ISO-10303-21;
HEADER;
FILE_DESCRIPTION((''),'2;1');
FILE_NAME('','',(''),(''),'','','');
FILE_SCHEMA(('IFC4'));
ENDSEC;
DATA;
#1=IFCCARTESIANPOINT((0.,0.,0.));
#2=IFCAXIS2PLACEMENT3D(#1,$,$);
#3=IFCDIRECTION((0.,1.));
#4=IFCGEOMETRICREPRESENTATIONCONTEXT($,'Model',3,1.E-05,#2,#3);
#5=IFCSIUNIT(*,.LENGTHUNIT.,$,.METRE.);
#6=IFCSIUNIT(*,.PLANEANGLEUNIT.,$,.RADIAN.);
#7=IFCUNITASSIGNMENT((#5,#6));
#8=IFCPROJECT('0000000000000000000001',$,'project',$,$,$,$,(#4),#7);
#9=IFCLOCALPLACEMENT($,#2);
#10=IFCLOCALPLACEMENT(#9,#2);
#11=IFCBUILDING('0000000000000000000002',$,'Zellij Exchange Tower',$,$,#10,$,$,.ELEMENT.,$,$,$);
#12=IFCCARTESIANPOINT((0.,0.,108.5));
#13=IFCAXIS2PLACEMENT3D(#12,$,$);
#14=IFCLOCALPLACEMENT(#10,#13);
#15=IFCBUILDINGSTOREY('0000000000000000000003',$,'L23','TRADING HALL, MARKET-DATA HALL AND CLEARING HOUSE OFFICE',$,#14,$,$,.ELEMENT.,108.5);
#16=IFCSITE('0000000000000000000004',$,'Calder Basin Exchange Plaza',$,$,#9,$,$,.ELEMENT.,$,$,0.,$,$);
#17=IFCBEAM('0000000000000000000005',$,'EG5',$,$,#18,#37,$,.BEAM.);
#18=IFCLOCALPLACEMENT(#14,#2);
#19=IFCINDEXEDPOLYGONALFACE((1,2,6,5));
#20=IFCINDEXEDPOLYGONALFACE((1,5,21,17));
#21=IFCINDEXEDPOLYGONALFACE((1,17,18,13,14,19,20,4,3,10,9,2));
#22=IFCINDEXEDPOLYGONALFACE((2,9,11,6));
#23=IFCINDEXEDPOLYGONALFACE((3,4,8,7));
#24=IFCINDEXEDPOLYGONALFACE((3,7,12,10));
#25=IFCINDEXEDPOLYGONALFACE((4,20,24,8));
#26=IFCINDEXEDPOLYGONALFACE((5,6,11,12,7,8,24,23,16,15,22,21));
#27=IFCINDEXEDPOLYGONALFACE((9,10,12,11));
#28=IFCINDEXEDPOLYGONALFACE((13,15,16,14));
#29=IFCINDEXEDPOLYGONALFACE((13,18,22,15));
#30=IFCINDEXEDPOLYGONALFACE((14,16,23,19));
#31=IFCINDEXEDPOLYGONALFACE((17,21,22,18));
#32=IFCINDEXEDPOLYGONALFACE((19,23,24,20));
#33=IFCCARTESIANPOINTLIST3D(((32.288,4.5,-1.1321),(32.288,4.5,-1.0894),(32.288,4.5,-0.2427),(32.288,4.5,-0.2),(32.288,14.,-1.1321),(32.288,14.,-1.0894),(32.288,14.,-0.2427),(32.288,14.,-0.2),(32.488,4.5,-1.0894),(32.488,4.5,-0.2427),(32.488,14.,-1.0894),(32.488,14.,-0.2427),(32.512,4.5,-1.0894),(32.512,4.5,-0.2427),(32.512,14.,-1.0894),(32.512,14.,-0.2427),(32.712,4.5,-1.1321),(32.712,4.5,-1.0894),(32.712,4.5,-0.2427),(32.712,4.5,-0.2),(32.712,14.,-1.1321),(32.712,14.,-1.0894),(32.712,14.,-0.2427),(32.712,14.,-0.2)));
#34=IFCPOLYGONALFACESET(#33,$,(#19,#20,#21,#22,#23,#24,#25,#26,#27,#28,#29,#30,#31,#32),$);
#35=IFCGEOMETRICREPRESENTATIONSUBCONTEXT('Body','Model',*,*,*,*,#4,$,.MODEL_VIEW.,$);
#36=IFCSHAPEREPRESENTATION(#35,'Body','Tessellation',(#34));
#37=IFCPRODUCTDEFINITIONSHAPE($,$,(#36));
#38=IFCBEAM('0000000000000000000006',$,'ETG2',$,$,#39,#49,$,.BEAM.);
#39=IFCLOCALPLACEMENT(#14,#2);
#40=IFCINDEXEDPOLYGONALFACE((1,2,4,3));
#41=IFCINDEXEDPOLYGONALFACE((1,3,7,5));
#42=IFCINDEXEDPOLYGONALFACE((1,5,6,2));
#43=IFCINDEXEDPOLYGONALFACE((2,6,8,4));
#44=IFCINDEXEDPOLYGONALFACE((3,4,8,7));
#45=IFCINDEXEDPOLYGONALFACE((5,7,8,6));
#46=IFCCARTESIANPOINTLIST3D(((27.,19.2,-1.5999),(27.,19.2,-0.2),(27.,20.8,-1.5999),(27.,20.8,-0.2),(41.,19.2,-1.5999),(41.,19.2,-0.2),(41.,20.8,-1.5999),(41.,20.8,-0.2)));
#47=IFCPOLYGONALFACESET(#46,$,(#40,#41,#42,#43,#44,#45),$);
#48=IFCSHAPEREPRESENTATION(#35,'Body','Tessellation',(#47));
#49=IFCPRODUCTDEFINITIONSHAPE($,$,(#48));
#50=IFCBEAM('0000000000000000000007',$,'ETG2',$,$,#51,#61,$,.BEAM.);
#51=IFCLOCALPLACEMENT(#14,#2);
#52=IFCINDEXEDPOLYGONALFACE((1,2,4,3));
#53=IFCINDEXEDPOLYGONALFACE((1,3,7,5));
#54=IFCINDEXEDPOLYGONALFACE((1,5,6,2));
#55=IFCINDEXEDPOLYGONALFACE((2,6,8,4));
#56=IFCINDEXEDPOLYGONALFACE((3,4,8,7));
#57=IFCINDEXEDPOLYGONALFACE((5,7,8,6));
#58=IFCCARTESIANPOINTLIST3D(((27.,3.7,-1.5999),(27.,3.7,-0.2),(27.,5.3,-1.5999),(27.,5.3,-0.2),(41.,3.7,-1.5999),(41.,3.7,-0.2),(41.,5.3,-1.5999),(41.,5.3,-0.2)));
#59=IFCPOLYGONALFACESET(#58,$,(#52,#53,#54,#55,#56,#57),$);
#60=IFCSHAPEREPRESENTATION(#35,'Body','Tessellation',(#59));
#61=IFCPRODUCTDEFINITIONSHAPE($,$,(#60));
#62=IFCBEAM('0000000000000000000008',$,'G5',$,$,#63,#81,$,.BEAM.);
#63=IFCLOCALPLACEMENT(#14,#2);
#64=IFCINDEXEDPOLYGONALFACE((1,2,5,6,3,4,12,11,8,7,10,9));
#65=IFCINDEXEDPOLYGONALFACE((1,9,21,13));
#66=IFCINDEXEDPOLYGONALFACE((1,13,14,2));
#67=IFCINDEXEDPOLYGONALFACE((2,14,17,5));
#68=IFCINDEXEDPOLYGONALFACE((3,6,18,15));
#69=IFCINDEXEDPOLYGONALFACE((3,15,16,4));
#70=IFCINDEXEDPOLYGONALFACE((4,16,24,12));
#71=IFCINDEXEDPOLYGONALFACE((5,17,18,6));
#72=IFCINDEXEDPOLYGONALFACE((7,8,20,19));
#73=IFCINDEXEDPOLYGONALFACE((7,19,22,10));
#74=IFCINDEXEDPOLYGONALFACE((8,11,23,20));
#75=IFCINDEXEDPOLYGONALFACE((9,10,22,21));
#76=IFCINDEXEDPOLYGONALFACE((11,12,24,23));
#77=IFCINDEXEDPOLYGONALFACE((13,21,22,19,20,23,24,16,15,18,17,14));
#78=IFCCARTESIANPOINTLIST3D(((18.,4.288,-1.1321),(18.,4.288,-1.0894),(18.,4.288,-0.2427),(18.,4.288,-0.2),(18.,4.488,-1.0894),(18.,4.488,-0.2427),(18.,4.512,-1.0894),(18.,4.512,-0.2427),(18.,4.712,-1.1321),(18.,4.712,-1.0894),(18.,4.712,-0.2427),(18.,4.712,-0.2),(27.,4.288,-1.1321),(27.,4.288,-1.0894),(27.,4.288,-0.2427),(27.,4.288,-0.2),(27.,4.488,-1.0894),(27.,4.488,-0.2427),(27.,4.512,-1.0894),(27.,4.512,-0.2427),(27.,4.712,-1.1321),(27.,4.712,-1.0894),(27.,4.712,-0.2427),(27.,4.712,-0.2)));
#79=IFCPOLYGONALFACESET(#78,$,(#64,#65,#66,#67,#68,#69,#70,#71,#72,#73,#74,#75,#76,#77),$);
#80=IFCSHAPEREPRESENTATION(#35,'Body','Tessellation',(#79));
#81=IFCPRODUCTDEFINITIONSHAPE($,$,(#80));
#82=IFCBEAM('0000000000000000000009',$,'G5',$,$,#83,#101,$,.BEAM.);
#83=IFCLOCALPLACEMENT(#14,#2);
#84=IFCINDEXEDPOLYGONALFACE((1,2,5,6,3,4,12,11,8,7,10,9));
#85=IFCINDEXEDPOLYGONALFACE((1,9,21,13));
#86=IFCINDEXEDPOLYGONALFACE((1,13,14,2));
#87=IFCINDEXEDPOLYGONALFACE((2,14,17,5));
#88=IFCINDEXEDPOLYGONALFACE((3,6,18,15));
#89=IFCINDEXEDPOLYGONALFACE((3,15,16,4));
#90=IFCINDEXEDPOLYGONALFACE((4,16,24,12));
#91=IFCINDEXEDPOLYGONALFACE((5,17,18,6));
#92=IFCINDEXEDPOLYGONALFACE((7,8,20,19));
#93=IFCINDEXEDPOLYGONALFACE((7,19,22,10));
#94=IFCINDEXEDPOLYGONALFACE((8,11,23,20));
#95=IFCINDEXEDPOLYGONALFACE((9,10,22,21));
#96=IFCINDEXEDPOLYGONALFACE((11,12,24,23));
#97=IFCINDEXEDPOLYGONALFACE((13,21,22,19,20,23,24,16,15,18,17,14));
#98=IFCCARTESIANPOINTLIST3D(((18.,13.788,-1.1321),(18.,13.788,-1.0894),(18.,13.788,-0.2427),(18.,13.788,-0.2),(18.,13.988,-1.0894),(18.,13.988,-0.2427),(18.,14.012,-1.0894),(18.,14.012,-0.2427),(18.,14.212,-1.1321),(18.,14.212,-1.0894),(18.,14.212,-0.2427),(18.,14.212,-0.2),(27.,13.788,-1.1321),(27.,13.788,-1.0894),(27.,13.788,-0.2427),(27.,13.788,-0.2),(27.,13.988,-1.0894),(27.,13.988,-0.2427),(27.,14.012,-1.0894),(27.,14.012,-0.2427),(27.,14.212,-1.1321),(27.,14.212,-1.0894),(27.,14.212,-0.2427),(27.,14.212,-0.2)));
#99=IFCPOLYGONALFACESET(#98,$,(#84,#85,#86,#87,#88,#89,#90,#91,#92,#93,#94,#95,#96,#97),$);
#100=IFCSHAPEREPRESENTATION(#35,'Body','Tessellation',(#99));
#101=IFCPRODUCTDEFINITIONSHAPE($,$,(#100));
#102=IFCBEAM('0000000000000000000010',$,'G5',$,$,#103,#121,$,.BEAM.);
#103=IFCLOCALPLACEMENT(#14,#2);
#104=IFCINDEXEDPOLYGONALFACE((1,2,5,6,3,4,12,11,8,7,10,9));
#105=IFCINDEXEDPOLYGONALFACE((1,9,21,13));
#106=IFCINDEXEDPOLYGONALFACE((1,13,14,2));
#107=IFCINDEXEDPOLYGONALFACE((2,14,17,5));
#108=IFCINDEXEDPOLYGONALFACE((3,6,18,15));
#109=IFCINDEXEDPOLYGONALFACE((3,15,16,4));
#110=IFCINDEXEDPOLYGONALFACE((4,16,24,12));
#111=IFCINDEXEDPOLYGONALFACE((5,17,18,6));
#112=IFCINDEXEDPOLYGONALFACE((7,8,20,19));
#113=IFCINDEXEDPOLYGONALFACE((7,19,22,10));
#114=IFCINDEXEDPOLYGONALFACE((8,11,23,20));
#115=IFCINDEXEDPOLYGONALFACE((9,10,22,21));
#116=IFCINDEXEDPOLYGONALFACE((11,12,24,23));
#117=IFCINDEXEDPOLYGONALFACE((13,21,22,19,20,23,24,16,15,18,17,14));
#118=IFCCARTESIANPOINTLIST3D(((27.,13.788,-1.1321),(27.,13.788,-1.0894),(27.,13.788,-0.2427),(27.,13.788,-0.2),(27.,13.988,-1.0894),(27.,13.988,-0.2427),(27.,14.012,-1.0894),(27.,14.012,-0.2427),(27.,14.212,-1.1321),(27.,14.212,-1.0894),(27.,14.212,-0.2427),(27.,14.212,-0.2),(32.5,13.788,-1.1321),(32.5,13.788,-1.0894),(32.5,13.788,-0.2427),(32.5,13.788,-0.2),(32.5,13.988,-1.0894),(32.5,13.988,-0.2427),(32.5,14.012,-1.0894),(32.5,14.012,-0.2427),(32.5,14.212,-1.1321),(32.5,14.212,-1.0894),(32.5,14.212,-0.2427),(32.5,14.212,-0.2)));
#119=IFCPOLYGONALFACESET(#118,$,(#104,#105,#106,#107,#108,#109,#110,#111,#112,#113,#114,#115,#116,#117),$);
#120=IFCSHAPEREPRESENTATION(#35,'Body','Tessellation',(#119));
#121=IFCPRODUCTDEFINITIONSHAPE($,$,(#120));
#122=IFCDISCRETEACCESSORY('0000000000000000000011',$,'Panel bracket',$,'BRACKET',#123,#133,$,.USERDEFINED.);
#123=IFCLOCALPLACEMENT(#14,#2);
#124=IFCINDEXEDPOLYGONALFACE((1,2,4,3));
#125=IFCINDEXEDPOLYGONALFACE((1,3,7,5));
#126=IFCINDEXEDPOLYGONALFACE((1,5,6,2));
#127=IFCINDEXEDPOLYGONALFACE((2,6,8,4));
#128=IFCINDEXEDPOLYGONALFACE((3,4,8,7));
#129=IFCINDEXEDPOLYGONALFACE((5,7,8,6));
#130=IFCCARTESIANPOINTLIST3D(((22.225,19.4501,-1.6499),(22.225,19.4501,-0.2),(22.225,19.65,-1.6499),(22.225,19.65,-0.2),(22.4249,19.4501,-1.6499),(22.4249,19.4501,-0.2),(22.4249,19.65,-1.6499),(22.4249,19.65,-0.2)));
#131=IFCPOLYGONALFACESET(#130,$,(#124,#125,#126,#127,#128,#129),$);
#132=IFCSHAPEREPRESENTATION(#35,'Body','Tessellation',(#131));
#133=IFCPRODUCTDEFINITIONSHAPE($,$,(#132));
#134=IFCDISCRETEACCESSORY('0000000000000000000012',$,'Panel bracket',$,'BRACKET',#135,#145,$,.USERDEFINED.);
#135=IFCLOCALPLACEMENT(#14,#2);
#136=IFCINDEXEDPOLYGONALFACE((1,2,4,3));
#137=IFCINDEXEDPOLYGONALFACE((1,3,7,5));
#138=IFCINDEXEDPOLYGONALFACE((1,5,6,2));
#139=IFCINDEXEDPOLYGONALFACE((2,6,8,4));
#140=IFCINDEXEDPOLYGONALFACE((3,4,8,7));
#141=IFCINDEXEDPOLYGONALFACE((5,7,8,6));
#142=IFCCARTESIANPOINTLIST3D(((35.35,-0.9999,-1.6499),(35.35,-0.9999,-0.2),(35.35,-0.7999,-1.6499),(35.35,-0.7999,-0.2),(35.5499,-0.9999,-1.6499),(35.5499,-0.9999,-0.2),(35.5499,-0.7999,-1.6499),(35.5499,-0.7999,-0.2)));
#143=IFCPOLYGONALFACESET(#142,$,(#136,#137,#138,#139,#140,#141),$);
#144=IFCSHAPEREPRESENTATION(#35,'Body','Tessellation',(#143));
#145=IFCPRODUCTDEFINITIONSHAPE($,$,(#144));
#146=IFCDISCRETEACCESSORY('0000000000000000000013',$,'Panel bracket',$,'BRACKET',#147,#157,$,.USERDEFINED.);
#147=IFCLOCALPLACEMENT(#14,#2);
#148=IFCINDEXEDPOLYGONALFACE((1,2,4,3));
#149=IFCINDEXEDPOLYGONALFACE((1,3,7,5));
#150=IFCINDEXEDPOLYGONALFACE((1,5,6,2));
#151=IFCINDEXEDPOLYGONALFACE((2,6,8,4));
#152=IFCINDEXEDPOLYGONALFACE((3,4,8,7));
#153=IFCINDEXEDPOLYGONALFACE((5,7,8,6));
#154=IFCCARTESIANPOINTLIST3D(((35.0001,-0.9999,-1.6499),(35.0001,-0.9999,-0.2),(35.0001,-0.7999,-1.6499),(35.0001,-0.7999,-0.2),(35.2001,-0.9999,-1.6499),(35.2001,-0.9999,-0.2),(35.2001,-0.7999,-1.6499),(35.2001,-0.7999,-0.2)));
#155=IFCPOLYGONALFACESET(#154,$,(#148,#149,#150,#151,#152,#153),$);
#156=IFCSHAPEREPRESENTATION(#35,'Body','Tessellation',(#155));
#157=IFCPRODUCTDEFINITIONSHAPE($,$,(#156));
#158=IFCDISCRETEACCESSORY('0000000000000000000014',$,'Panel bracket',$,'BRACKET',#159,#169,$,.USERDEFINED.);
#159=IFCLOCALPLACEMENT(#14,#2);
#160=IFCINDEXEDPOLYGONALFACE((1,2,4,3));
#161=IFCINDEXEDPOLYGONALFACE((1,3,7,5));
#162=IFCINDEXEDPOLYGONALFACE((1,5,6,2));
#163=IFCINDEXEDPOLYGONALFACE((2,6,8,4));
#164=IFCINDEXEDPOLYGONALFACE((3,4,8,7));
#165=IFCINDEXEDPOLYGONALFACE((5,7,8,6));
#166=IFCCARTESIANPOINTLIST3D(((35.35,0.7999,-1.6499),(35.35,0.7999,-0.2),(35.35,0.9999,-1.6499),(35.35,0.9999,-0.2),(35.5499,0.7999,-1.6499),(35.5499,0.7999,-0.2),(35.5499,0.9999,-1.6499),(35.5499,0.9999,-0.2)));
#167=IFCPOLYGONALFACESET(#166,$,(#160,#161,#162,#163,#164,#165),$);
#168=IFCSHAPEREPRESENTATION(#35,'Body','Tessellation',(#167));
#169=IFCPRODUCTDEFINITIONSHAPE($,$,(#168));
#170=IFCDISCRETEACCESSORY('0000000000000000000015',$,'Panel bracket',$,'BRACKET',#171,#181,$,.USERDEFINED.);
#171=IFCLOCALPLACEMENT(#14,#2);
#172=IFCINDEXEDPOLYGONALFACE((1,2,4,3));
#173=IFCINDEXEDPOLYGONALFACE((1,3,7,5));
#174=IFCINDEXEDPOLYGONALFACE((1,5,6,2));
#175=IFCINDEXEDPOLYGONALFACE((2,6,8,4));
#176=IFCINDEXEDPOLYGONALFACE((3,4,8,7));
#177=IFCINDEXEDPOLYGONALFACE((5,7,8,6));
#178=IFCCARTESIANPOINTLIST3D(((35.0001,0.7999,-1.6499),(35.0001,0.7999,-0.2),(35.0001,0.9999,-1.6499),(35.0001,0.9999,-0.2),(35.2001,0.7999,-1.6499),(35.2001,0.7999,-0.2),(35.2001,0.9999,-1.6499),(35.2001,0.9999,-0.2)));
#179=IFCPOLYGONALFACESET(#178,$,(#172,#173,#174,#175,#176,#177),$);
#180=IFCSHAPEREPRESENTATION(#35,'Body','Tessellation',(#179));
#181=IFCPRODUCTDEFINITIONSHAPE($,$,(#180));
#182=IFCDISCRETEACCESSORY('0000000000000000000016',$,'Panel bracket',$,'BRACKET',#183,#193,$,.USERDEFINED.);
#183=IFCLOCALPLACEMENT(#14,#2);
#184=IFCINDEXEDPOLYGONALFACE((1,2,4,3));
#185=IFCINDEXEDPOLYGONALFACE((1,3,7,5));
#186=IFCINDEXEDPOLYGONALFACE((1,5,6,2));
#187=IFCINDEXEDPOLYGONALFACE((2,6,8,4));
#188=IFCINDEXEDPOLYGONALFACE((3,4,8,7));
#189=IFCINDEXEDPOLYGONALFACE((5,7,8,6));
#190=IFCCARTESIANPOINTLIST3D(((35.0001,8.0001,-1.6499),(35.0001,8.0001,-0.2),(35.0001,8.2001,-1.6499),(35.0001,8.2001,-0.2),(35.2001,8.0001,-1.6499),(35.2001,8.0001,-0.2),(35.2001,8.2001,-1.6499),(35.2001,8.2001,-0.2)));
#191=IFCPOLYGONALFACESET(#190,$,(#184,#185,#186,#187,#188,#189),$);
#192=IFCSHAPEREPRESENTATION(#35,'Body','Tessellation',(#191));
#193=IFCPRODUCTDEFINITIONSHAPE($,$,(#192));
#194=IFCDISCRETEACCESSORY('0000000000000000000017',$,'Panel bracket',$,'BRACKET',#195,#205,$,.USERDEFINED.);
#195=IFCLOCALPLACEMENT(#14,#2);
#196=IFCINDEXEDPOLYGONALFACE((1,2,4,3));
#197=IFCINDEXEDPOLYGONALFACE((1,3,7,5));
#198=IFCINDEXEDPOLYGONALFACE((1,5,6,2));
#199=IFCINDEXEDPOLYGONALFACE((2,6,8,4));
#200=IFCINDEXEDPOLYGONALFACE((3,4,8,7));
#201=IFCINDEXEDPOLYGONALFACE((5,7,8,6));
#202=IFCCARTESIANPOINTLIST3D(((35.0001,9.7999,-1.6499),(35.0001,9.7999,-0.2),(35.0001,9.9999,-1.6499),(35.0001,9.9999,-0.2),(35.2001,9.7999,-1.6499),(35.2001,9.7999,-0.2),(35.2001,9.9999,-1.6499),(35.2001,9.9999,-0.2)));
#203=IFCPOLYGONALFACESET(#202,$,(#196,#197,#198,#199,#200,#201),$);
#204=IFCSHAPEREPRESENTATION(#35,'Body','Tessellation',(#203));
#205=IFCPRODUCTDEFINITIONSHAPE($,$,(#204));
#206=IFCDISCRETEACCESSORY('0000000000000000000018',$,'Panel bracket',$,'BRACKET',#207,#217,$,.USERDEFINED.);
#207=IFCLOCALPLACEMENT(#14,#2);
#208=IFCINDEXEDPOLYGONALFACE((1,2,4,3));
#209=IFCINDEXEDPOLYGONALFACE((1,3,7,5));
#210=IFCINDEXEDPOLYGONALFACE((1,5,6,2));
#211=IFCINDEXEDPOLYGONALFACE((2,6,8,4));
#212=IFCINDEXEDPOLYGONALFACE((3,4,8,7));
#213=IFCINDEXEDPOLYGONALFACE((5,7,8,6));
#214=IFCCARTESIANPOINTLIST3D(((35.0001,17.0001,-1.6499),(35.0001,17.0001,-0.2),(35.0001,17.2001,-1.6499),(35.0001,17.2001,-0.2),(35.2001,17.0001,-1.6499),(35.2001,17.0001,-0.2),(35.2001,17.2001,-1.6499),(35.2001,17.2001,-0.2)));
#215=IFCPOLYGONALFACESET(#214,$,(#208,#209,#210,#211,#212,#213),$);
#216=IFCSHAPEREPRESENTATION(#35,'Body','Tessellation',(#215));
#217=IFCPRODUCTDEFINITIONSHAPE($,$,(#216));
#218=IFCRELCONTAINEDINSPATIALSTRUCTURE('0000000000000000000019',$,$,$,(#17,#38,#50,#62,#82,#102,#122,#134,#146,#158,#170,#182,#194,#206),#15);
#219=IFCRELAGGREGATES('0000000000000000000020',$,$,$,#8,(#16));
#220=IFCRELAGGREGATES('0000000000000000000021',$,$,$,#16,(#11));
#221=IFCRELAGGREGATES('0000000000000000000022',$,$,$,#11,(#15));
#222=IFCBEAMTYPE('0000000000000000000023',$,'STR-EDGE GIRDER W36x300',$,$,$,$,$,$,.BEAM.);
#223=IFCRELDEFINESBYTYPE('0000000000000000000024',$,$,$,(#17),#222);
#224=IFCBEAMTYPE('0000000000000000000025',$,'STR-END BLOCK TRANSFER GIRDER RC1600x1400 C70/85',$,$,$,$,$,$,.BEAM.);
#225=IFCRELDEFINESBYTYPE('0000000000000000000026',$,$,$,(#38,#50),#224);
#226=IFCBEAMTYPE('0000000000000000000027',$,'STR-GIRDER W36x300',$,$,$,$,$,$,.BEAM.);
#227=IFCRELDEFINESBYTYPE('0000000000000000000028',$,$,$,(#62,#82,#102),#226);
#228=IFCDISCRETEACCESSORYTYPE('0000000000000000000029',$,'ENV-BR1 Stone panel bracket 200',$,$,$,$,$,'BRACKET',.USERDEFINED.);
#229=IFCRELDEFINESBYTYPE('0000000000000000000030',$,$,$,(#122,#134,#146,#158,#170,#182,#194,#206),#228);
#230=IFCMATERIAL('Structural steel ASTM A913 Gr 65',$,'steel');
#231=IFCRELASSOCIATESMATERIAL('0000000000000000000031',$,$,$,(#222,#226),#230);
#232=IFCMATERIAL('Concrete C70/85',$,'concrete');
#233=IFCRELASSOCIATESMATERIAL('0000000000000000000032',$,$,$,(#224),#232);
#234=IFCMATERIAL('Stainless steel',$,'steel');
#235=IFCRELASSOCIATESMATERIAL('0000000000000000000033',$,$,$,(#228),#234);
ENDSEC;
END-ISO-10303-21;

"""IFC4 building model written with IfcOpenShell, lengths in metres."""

from ifc_helpers import new_model, si_unit, direction, frame, origin, origin_2d, place, context, subcontext, project, spatial, rectangle, i_section, extrude, material, material_profile, profile_set, type_object, element, save


model = new_model("IFC4")

# Units and contexts
model_context = context("Model", 3, precision=1e-05, world=origin(), true_north=direction((0.0, 1.0)))
body_context = subcontext(model_context, "Body", "Model", "MODEL_VIEW")
ifc_project = project(units=[si_unit("LENGTHUNIT", "METRE"), si_unit("PLANEANGLEUNIT", "RADIAN")], contexts=[model_context])

# Site, building, storey
site_placement = place(None, origin())
site = spatial("IfcSite", under=ifc_project, at=site_placement, Name="Calder Basin Exchange Plaza", CompositionType="ELEMENT", RefElevation=0.0)
building_placement = place(site_placement, origin())
building = spatial("IfcBuilding", under=site, at=building_placement, Name="Zellij Exchange Tower", CompositionType="ELEMENT")
storey_placement = place(building_placement, frame((0.0, 0.0, 108.5)))
storey = spatial("IfcBuildingStorey", under=building, at=storey_placement, Name="L23", Description="TRADING HALL, MARKET-DATA HALL AND CLEARING HOUSE OFFICE", CompositionType="ELEMENT", Elevation=108.5)

# Shared definitions
ifc_material_1 = material(Name="Concrete C70/85", Category="concrete")
ifc_material_2 = material(Name="Structural steel ASTM A913 Gr 65", Category="steel")

# Beams
ifc_material_profile_1 = material_profile(ifc_material_2, i_section(OverallWidth=0.4241, OverallDepth=0.9321, WebThickness=0.0239, FlangeThickness=0.0427, at=origin_2d()), Name="W36x300")
ifc_profile_set_1 = profile_set([ifc_material_profile_1], Name="Structural steel ASTM A913 Gr 65")
beam_type_1 = type_object("IfcBeamType", Name="STR-EDGE GIRDER W36x300", PredefinedType="BEAM", material=ifc_profile_set_1)
beam_1_placement = place(storey_placement, frame((32.5, 4.5, -0.666), z_axis=(0.0, 1.0, 0.0), x_axis=(-1.0, 0.0, 0.0)))
element("IfcBeam", 1, at=beam_1_placement, inside=storey, type_object=beam_type_1, Name="EG5", PredefinedType="BEAM", context=body_context, shape_type="SweptSolid", body=[
    extrude(i_section(OverallWidth=0.4241, OverallDepth=0.9321, WebThickness=0.0239, FlangeThickness=0.0427, at=origin_2d()), origin(), (0.0, 0.0, 1.0), 9.5),
])
ifc_material_profile_2 = material_profile(ifc_material_1, rectangle(XDim=1.6001, YDim=1.3999, at=origin_2d()), Name="STR-END BLOCK TRANSFER GIRDER RC1600x1400 C70/85")
ifc_profile_set_2 = profile_set([ifc_material_profile_2], Name="Concrete C70/85")
beam_type_2 = type_object("IfcBeamType", Name="STR-END BLOCK TRANSFER GIRDER RC1600x1400 C70/85", PredefinedType="BEAM", material=ifc_profile_set_2)
for number, where, z_axis, x_axis, name in (
    (2, (27.0, 20.0, -0.8999), (1.0, 0.0, 0.0), (0.0, 1.0, 0.0), "ETG2"),
    (3, (27.0, 4.5, -0.8999), (1.0, 0.0, 0.0), (0.0, 1.0, 0.0), "ETG2"),
):
    element("IfcBeam", number, at=place(storey_placement, frame(where, z_axis=z_axis, x_axis=x_axis)), inside=storey, type_object=beam_type_2, Name=name, PredefinedType="BEAM", context=body_context, shape_type="SweptSolid", body=[
        extrude(rectangle(XDim=1.6001, YDim=1.3999, at=origin_2d()), origin(), (0.0, 0.0, 1.0), 14.0),
    ])
ifc_material_profile_3 = material_profile(ifc_material_2, i_section(OverallWidth=0.4241, OverallDepth=0.9321, WebThickness=0.0239, FlangeThickness=0.0427, at=origin_2d()), Name="W36x300")
ifc_profile_set_3 = profile_set([ifc_material_profile_3], Name="Structural steel ASTM A913 Gr 65")
beam_type_3 = type_object("IfcBeamType", Name="STR-GIRDER W36x300", PredefinedType="BEAM", material=ifc_profile_set_3)
for number, where, z_axis, x_axis, name in (
    (4, (18.0, 4.5, -0.666), (1.0, 0.0, 0.0), (0.0, 1.0, 0.0), "G5"),
    (5, (18.0, 14.0, -0.666), (1.0, 0.0, 0.0), (0.0, 1.0, 0.0), "G5"),
):
    element("IfcBeam", number, at=place(storey_placement, frame(where, z_axis=z_axis, x_axis=x_axis)), inside=storey, type_object=beam_type_3, Name=name, PredefinedType="BEAM", context=body_context, shape_type="SweptSolid", body=[
        extrude(i_section(OverallWidth=0.4241, OverallDepth=0.9321, WebThickness=0.0239, FlangeThickness=0.0427, at=origin_2d()), origin(), (0.0, 0.0, 1.0), 9.0),
    ])
beam_2_placement = place(storey_placement, frame((27.0, 14.0, -0.666), z_axis=(1.0, 0.0, 0.0), x_axis=(0.0, 1.0, 0.0)))
element("IfcBeam", 6, at=beam_2_placement, inside=storey, type_object=beam_type_3, Name="G5", PredefinedType="BEAM", context=body_context, shape_type="SweptSolid", body=[
    extrude(i_section(OverallWidth=0.4241, OverallDepth=0.9321, WebThickness=0.0239, FlangeThickness=0.0427, at=origin_2d()), origin(), (0.0, 0.0, 1.0), 5.5),
])

# Discrete accessories
ifc_material_3 = material(Name="Stainless steel", Category="steel")
discrete_accessory_type = type_object("IfcDiscreteAccessoryType", Name="ENV-BR1 Stone panel bracket 200", ElementType="BRACKET", PredefinedType="USERDEFINED", material=ifc_material_3)
for number, where, z_axis, x_axis, name in (
    (7, (22.325, 19.55, -1.6499), (0.0, 0.0, 1.0), (1.0, 0.0, 0.0), "Panel bracket"),
    (8, (35.45, -0.8999, -1.6499), (0.0, 0.0, 1.0), (1.0, 0.0, 0.0), "Panel bracket"),
    (9, (35.1001, -0.8999, -1.6499), (0.0, 0.0, 1.0), (1.0, 0.0, 0.0), "Panel bracket"),
    (10, (35.45, 0.8999, -1.6499), (0.0, 0.0, 1.0), (1.0, 0.0, 0.0), "Panel bracket"),
    (11, (35.1001, 0.8999, -1.6499), (0.0, 0.0, 1.0), (1.0, 0.0, 0.0), "Panel bracket"),
    (12, (35.1001, 8.1001, -1.6499), (0.0, 0.0, 1.0), (1.0, 0.0, 0.0), "Panel bracket"),
    (13, (35.1001, 9.8999, -1.6499), (0.0, 0.0, 1.0), (1.0, 0.0, 0.0), "Panel bracket"),
    (14, (35.1001, 17.1001, -1.6499), (0.0, 0.0, 1.0), (1.0, 0.0, 0.0), "Panel bracket"),
):
    element("IfcDiscreteAccessory", number, at=place(storey_placement, frame(where, z_axis=z_axis, x_axis=x_axis)), inside=storey, type_object=discrete_accessory_type, Name=name, ObjectType="BRACKET", PredefinedType="USERDEFINED", context=body_context, shape_type="SweptSolid", body=[
        extrude(rectangle(XDim=0.2, YDim=0.2, at=origin_2d()), origin(), (0.0, 0.0, 1.0), 1.45),
    ])

save(model, "model.ifc")
